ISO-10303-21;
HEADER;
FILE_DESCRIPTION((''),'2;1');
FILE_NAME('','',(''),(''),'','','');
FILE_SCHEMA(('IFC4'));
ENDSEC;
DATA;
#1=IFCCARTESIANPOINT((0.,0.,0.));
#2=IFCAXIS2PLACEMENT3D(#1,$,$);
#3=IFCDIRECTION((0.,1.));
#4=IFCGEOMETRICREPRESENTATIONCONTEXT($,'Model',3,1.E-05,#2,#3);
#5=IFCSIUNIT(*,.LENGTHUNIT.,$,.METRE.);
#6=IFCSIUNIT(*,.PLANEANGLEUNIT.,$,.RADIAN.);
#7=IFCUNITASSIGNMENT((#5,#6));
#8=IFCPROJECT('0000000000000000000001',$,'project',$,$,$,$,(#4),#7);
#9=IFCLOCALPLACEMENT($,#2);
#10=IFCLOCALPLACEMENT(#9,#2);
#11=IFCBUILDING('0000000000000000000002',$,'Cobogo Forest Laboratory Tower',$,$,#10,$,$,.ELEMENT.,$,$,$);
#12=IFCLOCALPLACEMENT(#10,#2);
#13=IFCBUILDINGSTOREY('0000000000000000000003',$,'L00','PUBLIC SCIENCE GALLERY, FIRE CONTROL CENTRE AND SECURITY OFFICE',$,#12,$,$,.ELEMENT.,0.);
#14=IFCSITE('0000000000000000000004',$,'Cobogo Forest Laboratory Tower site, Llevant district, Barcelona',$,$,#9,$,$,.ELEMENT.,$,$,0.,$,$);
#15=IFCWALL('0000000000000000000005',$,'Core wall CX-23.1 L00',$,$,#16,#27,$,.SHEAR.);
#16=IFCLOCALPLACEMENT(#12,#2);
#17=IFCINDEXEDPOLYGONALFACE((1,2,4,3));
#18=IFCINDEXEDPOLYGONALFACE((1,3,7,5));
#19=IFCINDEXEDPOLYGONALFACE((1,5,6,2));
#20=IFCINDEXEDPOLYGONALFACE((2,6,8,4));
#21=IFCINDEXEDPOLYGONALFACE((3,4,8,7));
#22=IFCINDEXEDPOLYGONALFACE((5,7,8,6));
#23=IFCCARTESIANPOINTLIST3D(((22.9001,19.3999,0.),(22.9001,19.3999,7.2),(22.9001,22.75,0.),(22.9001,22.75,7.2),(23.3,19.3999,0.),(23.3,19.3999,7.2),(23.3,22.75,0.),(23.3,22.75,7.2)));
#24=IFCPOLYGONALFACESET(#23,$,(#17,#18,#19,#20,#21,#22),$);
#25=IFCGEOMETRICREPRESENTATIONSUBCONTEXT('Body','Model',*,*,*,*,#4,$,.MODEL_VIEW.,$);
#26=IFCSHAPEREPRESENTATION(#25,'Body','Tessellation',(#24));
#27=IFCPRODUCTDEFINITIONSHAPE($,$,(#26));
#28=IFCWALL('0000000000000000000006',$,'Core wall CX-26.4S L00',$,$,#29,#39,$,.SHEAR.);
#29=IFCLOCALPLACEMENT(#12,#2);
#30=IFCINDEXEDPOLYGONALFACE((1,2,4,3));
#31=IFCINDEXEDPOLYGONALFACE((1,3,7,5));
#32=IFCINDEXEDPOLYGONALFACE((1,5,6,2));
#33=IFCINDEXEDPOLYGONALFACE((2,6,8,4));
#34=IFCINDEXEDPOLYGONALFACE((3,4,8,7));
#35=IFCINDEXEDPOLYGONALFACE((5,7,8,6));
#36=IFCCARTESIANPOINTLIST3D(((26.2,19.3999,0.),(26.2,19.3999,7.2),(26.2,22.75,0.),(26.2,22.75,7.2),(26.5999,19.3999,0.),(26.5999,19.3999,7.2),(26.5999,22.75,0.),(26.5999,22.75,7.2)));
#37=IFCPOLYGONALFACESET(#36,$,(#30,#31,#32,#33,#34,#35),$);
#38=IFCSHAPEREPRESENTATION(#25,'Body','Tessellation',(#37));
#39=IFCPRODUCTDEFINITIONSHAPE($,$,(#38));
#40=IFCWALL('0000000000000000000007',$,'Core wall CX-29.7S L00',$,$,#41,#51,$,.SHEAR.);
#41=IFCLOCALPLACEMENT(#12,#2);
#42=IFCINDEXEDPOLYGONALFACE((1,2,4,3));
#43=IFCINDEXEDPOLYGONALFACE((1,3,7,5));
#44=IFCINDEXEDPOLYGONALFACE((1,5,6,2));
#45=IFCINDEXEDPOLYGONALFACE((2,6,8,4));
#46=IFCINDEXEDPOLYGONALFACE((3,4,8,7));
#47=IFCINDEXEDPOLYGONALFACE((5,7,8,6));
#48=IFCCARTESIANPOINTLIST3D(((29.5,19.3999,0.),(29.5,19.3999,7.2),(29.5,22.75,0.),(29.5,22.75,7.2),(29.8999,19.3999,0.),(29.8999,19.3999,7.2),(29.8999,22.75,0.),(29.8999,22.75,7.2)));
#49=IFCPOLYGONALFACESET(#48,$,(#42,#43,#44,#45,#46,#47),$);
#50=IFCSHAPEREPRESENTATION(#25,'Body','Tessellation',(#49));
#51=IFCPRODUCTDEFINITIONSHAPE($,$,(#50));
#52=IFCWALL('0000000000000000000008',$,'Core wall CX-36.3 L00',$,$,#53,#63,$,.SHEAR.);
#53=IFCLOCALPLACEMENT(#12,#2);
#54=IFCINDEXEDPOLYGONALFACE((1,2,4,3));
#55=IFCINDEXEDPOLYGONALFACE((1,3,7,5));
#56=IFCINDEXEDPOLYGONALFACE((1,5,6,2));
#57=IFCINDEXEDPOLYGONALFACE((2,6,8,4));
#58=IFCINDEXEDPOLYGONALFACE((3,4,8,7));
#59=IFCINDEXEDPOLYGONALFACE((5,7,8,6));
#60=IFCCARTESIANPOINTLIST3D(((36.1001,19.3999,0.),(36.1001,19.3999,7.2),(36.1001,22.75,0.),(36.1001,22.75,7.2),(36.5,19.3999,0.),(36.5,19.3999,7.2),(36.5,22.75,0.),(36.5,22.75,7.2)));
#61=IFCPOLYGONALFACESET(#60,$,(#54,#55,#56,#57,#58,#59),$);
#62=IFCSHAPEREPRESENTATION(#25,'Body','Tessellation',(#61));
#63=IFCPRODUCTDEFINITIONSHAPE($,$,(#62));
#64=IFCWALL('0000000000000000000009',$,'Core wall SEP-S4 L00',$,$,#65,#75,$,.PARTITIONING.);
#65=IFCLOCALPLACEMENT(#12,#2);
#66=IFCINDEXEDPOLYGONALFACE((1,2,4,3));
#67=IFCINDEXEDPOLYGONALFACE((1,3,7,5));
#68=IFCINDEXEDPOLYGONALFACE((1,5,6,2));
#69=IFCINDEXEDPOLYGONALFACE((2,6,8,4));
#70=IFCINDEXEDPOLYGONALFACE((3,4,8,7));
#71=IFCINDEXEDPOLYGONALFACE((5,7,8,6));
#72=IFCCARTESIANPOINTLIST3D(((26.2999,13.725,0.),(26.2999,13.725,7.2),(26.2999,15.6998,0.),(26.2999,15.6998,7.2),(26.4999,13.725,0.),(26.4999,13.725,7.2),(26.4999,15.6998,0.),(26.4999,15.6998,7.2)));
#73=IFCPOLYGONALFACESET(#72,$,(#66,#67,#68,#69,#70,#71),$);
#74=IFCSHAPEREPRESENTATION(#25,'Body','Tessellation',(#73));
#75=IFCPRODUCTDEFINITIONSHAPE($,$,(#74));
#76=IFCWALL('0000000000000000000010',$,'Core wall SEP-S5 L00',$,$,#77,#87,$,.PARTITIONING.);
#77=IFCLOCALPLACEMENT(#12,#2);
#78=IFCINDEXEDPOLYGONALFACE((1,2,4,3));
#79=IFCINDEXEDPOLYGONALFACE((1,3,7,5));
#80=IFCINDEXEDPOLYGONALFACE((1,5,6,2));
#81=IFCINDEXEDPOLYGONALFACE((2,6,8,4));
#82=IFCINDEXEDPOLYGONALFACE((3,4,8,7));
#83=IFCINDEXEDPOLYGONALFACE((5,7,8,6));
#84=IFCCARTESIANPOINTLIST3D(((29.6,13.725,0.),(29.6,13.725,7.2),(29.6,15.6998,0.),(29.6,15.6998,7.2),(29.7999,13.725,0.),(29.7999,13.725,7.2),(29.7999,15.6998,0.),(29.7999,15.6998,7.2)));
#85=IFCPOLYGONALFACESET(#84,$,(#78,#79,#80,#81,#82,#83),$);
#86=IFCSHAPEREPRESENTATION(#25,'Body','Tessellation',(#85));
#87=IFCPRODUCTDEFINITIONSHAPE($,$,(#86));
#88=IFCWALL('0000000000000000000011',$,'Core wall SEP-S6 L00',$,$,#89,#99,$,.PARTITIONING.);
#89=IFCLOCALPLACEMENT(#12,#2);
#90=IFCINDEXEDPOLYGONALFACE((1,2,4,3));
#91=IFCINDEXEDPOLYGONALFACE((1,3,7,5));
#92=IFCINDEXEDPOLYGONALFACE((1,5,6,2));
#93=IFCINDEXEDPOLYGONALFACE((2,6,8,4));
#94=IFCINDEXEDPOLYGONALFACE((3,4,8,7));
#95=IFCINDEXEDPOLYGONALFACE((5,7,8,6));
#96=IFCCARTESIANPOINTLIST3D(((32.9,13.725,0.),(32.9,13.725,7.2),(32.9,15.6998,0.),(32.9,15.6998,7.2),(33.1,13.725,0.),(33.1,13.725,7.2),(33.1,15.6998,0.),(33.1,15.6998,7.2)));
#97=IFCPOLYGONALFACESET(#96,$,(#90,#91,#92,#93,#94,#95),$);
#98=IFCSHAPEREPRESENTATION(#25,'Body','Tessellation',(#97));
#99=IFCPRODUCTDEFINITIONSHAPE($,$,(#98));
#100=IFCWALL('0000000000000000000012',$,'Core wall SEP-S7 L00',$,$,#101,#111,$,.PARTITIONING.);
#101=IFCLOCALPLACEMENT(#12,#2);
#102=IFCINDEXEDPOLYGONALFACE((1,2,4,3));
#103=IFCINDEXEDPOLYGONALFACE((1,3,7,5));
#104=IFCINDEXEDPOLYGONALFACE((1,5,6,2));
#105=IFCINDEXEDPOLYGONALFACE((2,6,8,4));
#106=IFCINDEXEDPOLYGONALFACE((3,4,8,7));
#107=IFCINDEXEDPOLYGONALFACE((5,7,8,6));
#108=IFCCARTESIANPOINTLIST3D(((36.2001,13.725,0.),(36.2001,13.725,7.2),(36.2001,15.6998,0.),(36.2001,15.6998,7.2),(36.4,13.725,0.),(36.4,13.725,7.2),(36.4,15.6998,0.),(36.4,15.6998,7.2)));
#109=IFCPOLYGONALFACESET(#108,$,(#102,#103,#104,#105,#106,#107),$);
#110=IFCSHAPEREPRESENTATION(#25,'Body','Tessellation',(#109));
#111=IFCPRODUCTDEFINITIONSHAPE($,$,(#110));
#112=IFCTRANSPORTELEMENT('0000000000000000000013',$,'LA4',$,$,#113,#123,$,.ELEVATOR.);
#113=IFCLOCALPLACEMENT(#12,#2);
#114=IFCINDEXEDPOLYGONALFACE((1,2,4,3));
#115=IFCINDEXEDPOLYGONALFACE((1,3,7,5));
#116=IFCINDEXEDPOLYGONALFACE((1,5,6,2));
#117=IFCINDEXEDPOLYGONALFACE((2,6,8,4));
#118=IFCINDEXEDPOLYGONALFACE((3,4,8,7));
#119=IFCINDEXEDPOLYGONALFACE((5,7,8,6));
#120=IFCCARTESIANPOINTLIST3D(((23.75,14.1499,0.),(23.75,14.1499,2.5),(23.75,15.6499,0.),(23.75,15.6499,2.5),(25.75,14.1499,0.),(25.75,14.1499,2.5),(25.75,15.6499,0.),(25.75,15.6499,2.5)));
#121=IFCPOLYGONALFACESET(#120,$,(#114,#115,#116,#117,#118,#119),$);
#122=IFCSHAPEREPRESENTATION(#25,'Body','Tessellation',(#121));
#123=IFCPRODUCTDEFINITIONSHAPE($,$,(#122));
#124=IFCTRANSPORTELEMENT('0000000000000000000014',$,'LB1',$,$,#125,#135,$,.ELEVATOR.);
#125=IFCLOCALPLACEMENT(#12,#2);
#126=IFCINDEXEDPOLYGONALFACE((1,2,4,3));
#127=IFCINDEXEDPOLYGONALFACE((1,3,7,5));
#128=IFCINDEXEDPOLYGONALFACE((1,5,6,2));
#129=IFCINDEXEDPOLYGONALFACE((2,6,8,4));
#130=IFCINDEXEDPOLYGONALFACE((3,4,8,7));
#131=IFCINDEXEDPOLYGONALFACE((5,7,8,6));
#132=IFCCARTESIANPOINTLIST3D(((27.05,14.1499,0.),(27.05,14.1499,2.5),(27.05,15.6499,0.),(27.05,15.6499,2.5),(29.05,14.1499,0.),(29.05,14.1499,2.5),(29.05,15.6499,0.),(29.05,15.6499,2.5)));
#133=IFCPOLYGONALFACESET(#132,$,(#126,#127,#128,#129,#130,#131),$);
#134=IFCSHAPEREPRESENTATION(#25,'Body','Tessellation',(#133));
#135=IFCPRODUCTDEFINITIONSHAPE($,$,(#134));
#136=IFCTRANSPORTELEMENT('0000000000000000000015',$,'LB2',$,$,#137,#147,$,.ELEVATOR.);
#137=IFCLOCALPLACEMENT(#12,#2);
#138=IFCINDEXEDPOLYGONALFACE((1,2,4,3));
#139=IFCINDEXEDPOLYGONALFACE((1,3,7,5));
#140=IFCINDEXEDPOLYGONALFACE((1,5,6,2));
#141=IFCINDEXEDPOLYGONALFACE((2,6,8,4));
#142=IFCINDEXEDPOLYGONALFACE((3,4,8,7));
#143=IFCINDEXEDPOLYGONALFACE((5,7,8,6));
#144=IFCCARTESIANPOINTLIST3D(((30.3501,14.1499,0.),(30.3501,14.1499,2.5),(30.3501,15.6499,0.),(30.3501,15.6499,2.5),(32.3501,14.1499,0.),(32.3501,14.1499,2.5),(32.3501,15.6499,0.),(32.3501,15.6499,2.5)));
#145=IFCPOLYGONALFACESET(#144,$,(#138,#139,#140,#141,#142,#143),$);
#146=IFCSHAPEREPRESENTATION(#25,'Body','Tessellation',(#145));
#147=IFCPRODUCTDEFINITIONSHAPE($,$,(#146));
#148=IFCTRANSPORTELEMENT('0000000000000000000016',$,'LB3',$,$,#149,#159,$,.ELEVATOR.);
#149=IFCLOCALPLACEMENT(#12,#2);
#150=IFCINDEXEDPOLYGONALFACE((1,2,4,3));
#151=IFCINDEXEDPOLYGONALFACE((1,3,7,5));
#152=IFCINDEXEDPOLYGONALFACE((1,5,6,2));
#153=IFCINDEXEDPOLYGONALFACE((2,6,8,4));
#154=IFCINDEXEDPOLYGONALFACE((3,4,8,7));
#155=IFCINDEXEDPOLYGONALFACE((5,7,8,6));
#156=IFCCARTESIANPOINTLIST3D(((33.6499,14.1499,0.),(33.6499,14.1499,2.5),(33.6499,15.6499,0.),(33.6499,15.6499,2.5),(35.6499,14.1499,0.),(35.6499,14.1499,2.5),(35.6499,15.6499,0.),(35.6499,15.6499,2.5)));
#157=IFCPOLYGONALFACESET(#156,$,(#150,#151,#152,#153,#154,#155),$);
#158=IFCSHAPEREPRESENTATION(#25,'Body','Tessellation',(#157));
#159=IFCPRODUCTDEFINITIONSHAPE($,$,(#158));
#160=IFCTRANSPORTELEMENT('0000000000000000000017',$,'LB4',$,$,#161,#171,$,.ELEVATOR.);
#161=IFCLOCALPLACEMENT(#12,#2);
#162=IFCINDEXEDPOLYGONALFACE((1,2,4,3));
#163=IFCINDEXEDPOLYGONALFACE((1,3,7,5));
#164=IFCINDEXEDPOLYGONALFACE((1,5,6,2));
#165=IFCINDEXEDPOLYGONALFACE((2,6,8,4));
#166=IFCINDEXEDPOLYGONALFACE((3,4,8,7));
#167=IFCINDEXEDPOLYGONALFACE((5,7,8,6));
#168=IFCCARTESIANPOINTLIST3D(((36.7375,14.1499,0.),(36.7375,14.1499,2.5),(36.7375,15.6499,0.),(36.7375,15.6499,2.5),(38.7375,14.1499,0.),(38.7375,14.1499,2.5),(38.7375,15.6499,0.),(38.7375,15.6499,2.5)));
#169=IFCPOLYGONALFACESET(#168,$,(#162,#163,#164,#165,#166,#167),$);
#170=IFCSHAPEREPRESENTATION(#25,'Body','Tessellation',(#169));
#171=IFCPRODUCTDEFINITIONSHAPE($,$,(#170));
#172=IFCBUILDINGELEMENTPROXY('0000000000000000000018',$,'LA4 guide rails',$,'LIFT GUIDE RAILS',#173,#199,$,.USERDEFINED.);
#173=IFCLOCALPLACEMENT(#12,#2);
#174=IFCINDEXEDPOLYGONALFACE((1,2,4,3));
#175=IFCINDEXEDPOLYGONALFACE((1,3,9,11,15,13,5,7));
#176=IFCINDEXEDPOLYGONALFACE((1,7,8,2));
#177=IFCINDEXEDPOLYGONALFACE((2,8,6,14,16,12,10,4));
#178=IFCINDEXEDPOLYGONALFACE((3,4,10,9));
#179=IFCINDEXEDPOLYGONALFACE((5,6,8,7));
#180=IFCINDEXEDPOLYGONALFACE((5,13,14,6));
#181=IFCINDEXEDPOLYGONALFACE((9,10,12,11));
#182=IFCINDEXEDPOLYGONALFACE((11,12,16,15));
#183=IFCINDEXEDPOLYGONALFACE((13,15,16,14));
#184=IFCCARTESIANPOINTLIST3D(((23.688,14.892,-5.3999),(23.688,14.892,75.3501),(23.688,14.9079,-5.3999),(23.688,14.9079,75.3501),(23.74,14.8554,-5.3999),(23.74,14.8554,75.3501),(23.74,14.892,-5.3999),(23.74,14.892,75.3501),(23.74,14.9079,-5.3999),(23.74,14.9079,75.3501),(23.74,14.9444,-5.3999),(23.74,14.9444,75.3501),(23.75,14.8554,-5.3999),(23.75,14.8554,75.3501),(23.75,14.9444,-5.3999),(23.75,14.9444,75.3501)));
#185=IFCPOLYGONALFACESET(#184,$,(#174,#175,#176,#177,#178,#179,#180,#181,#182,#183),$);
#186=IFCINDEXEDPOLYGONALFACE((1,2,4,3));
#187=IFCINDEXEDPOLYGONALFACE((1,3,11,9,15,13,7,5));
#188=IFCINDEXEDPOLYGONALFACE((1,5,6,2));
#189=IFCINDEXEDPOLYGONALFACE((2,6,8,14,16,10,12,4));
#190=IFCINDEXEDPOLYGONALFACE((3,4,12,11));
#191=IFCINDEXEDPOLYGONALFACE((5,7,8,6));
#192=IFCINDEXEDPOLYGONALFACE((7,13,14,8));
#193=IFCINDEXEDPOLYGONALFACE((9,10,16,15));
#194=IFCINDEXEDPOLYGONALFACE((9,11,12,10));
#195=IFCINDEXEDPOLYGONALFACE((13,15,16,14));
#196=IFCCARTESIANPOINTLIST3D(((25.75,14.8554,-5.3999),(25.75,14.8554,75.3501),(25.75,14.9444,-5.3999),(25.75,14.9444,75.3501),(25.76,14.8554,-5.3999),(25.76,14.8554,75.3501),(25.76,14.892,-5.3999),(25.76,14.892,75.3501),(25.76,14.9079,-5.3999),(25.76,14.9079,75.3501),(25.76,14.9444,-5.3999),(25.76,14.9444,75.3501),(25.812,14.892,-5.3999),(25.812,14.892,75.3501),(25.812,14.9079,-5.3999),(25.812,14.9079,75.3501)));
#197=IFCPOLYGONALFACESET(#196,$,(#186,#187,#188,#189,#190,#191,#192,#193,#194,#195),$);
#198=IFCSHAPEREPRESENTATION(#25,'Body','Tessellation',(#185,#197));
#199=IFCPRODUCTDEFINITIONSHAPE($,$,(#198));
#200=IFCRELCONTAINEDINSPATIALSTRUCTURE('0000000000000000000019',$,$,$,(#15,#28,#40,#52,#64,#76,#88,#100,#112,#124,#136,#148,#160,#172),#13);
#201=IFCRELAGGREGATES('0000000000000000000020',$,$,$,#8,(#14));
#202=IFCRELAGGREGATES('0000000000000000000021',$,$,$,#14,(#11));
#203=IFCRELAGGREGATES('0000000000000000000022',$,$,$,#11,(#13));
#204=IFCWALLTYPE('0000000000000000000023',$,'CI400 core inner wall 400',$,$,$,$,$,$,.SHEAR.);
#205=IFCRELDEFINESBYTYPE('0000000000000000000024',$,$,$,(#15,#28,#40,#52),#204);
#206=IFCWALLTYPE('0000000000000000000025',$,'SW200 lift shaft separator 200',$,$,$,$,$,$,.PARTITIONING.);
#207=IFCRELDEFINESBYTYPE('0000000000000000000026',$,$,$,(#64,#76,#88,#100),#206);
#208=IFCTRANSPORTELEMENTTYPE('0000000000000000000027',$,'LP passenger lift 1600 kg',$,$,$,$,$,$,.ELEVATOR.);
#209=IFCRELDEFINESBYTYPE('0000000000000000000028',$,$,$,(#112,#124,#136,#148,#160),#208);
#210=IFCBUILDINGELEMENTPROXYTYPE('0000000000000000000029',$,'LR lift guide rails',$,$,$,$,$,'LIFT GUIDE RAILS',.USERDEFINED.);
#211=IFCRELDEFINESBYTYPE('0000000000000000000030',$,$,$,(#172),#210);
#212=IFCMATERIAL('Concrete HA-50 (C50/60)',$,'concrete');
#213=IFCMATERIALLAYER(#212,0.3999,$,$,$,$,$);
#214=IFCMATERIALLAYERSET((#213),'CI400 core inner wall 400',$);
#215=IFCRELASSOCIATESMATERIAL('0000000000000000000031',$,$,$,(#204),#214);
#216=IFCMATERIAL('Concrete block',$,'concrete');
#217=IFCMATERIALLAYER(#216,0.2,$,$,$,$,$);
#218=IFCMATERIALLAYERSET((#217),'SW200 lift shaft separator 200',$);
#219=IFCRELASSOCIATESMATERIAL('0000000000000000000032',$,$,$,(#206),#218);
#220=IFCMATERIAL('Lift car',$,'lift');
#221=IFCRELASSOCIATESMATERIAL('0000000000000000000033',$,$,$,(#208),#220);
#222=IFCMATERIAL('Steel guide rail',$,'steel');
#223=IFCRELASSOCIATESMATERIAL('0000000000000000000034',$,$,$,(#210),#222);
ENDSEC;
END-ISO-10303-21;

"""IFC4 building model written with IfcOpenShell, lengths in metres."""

from ifc_helpers import new_model, si_unit, direction, frame, frame_2d, origin, origin_2d, place, context, subcontext, project, spatial, rectangle, t_section, extrude, material, layer, layer_set, type_object, element, save


model = new_model("IFC4")

# Units and contexts
model_context = context("Model", 3, precision=1e-05, world=origin(), true_north=direction((0.0, 1.0)))
body_context = subcontext(model_context, "Body", "Model", "MODEL_VIEW")
ifc_project = project(units=[si_unit("LENGTHUNIT", "METRE"), si_unit("PLANEANGLEUNIT", "RADIAN")], contexts=[model_context])

# Site, building, storey
site_placement = place(None, origin())
site = spatial("IfcSite", under=ifc_project, at=site_placement, Name="Cobogo Forest Laboratory Tower site, Llevant district, Barcelona", CompositionType="ELEMENT", RefElevation=0.0)
building_placement = place(site_placement, origin())
building = spatial("IfcBuilding", under=site, at=building_placement, Name="Cobogo Forest Laboratory Tower", CompositionType="ELEMENT")
storey_placement = place(building_placement, origin())
storey = spatial("IfcBuildingStorey", under=building, at=storey_placement, Name="L00", Description="PUBLIC SCIENCE GALLERY, FIRE CONTROL CENTRE AND SECURITY OFFICE", CompositionType="ELEMENT", Elevation=0.0)

# Walls
ifc_material_1 = material(Name="Concrete HA-50 (C50/60)", Category="concrete")
ifc_layer_1 = layer(ifc_material_1, 0.3999)
ifc_layer_set_1 = layer_set([ifc_layer_1], Name="CI400 core inner wall 400")
wall_type_1 = type_object("IfcWallType", Name="CI400 core inner wall 400", PredefinedType="SHEAR", material=ifc_layer_set_1)
for number, where, z_axis, x_axis, name in (
    (1, (23.1001, 19.3999, 0.0), (0.0, 0.0, 1.0), (0.0, 1.0, 0.0), "Core wall CX-23.1 L00"),
    (2, (26.3999, 19.3999, 0.0), (0.0, 0.0, 1.0), (0.0, 1.0, 0.0), "Core wall CX-26.4S L00"),
    (3, (29.7, 19.3999, 0.0), (0.0, 0.0, 1.0), (0.0, 1.0, 0.0), "Core wall CX-29.7S L00"),
    (4, (36.3, 19.3999, 0.0), (0.0, 0.0, 1.0), (0.0, 1.0, 0.0), "Core wall CX-36.3 L00"),
):
    element("IfcWall", number, at=place(storey_placement, frame(where, z_axis=z_axis, x_axis=x_axis)), inside=storey, type_object=wall_type_1, Name=name, PredefinedType="SHEAR", context=body_context, shape_type="SweptSolid", body=[
        extrude(rectangle(XDim=3.3501, YDim=0.3999, at=frame_2d((1.675, 0.0))), origin(), (0.0, 0.0, 1.0), 7.2),
    ])
ifc_material_2 = material(Name="Concrete block", Category="concrete")
ifc_layer_2 = layer(ifc_material_2, 0.2)
ifc_layer_set_2 = layer_set([ifc_layer_2], Name="SW200 lift shaft separator 200")
wall_type_2 = type_object("IfcWallType", Name="SW200 lift shaft separator 200", PredefinedType="PARTITIONING", material=ifc_layer_set_2)
for number, where, z_axis, x_axis, name in (
    (5, (26.3999, 13.7251, 0.0), (0.0, 0.0, 1.0), (0.0, 1.0, 0.0), "Core wall SEP-S4 L00"),
    (6, (29.7, 13.7251, 0.0), (0.0, 0.0, 1.0), (0.0, 1.0, 0.0), "Core wall SEP-S5 L00"),
    (7, (33.0, 13.7251, 0.0), (0.0, 0.0, 1.0), (0.0, 1.0, 0.0), "Core wall SEP-S6 L00"),
    (8, (36.3, 13.7251, 0.0), (0.0, 0.0, 1.0), (0.0, 1.0, 0.0), "Core wall SEP-S7 L00"),
):
    element("IfcWall", number, at=place(storey_placement, frame(where, z_axis=z_axis, x_axis=x_axis)), inside=storey, type_object=wall_type_2, Name=name, PredefinedType="PARTITIONING", context=body_context, shape_type="SweptSolid", body=[
        extrude(rectangle(XDim=1.9749, YDim=0.2, at=frame_2d((0.9873, 0.0))), origin(), (0.0, 0.0, 1.0), 7.2),
    ])

# Transport elements
ifc_material_3 = material(Name="Lift car", Category="lift")
transport_element_type = type_object("IfcTransportElementType", Name="LP passenger lift 1600 kg", PredefinedType="ELEVATOR", material=ifc_material_3)
for number, where, z_axis, x_axis, name in (
    (9, (24.75, 14.8999, 0.0), (0.0, 0.0, 1.0), (1.0, 0.0, 0.0), "LA4"),
    (10, (28.05, 14.8999, 0.0), (0.0, 0.0, 1.0), (1.0, 0.0, 0.0), "LB1"),
    (11, (31.3501, 14.8999, 0.0), (0.0, 0.0, 1.0), (1.0, 0.0, 0.0), "LB2"),
    (12, (34.6499, 14.8999, 0.0), (0.0, 0.0, 1.0), (1.0, 0.0, 0.0), "LB3"),
    (13, (37.7375, 14.8999, 0.0), (0.0, 0.0, 1.0), (1.0, 0.0, 0.0), "LB4"),
):
    element("IfcTransportElement", number, at=place(storey_placement, frame(where, z_axis=z_axis, x_axis=x_axis)), inside=storey, type_object=transport_element_type, Name=name, PredefinedType="ELEVATOR", context=body_context, shape_type="SweptSolid", body=[
        extrude(rectangle(XDim=2.0, YDim=1.5, at=origin_2d()), origin(), (0.0, 0.0, 1.0), 2.5),
    ])

# Building element proxy
ifc_material_4 = material(Name="Steel guide rail", Category="steel")
building_element_proxy_type = type_object("IfcBuildingElementProxyType", Name="LR lift guide rails", ElementType="LIFT GUIDE RAILS", PredefinedType="USERDEFINED", material=ifc_material_4)
proxy_placement = place(storey_placement, frame((24.75, 14.8999, 0.0)))
element("IfcBuildingElementProxy", 14, at=proxy_placement, inside=storey, type_object=building_element_proxy_type, Name="LA4 guide rails", ObjectType="LIFT GUIDE RAILS", PredefinedType="USERDEFINED", context=body_context, shape_type="SweptSolid", body=[
    extrude(t_section(Depth=0.062, FlangeWidth=0.089, WebThickness=0.0159, FlangeThickness=0.01, at=origin_2d()), frame((-1.031, 0.0, -5.3999), z_axis=(0.0, 0.0, 1.0), x_axis=(0.0, -1.0, 0.0)), (0.0, 0.0, 1.0), 80.75),
    extrude(t_section(Depth=0.062, FlangeWidth=0.089, WebThickness=0.0159, FlangeThickness=0.01, at=origin_2d()), frame((1.031, 0.0, -5.3999), z_axis=(0.0, 0.0, 1.0), x_axis=(0.0, 1.0, 0.0)), (0.0, 0.0, 1.0), 80.75),
])

save(model, "model.ifc")
